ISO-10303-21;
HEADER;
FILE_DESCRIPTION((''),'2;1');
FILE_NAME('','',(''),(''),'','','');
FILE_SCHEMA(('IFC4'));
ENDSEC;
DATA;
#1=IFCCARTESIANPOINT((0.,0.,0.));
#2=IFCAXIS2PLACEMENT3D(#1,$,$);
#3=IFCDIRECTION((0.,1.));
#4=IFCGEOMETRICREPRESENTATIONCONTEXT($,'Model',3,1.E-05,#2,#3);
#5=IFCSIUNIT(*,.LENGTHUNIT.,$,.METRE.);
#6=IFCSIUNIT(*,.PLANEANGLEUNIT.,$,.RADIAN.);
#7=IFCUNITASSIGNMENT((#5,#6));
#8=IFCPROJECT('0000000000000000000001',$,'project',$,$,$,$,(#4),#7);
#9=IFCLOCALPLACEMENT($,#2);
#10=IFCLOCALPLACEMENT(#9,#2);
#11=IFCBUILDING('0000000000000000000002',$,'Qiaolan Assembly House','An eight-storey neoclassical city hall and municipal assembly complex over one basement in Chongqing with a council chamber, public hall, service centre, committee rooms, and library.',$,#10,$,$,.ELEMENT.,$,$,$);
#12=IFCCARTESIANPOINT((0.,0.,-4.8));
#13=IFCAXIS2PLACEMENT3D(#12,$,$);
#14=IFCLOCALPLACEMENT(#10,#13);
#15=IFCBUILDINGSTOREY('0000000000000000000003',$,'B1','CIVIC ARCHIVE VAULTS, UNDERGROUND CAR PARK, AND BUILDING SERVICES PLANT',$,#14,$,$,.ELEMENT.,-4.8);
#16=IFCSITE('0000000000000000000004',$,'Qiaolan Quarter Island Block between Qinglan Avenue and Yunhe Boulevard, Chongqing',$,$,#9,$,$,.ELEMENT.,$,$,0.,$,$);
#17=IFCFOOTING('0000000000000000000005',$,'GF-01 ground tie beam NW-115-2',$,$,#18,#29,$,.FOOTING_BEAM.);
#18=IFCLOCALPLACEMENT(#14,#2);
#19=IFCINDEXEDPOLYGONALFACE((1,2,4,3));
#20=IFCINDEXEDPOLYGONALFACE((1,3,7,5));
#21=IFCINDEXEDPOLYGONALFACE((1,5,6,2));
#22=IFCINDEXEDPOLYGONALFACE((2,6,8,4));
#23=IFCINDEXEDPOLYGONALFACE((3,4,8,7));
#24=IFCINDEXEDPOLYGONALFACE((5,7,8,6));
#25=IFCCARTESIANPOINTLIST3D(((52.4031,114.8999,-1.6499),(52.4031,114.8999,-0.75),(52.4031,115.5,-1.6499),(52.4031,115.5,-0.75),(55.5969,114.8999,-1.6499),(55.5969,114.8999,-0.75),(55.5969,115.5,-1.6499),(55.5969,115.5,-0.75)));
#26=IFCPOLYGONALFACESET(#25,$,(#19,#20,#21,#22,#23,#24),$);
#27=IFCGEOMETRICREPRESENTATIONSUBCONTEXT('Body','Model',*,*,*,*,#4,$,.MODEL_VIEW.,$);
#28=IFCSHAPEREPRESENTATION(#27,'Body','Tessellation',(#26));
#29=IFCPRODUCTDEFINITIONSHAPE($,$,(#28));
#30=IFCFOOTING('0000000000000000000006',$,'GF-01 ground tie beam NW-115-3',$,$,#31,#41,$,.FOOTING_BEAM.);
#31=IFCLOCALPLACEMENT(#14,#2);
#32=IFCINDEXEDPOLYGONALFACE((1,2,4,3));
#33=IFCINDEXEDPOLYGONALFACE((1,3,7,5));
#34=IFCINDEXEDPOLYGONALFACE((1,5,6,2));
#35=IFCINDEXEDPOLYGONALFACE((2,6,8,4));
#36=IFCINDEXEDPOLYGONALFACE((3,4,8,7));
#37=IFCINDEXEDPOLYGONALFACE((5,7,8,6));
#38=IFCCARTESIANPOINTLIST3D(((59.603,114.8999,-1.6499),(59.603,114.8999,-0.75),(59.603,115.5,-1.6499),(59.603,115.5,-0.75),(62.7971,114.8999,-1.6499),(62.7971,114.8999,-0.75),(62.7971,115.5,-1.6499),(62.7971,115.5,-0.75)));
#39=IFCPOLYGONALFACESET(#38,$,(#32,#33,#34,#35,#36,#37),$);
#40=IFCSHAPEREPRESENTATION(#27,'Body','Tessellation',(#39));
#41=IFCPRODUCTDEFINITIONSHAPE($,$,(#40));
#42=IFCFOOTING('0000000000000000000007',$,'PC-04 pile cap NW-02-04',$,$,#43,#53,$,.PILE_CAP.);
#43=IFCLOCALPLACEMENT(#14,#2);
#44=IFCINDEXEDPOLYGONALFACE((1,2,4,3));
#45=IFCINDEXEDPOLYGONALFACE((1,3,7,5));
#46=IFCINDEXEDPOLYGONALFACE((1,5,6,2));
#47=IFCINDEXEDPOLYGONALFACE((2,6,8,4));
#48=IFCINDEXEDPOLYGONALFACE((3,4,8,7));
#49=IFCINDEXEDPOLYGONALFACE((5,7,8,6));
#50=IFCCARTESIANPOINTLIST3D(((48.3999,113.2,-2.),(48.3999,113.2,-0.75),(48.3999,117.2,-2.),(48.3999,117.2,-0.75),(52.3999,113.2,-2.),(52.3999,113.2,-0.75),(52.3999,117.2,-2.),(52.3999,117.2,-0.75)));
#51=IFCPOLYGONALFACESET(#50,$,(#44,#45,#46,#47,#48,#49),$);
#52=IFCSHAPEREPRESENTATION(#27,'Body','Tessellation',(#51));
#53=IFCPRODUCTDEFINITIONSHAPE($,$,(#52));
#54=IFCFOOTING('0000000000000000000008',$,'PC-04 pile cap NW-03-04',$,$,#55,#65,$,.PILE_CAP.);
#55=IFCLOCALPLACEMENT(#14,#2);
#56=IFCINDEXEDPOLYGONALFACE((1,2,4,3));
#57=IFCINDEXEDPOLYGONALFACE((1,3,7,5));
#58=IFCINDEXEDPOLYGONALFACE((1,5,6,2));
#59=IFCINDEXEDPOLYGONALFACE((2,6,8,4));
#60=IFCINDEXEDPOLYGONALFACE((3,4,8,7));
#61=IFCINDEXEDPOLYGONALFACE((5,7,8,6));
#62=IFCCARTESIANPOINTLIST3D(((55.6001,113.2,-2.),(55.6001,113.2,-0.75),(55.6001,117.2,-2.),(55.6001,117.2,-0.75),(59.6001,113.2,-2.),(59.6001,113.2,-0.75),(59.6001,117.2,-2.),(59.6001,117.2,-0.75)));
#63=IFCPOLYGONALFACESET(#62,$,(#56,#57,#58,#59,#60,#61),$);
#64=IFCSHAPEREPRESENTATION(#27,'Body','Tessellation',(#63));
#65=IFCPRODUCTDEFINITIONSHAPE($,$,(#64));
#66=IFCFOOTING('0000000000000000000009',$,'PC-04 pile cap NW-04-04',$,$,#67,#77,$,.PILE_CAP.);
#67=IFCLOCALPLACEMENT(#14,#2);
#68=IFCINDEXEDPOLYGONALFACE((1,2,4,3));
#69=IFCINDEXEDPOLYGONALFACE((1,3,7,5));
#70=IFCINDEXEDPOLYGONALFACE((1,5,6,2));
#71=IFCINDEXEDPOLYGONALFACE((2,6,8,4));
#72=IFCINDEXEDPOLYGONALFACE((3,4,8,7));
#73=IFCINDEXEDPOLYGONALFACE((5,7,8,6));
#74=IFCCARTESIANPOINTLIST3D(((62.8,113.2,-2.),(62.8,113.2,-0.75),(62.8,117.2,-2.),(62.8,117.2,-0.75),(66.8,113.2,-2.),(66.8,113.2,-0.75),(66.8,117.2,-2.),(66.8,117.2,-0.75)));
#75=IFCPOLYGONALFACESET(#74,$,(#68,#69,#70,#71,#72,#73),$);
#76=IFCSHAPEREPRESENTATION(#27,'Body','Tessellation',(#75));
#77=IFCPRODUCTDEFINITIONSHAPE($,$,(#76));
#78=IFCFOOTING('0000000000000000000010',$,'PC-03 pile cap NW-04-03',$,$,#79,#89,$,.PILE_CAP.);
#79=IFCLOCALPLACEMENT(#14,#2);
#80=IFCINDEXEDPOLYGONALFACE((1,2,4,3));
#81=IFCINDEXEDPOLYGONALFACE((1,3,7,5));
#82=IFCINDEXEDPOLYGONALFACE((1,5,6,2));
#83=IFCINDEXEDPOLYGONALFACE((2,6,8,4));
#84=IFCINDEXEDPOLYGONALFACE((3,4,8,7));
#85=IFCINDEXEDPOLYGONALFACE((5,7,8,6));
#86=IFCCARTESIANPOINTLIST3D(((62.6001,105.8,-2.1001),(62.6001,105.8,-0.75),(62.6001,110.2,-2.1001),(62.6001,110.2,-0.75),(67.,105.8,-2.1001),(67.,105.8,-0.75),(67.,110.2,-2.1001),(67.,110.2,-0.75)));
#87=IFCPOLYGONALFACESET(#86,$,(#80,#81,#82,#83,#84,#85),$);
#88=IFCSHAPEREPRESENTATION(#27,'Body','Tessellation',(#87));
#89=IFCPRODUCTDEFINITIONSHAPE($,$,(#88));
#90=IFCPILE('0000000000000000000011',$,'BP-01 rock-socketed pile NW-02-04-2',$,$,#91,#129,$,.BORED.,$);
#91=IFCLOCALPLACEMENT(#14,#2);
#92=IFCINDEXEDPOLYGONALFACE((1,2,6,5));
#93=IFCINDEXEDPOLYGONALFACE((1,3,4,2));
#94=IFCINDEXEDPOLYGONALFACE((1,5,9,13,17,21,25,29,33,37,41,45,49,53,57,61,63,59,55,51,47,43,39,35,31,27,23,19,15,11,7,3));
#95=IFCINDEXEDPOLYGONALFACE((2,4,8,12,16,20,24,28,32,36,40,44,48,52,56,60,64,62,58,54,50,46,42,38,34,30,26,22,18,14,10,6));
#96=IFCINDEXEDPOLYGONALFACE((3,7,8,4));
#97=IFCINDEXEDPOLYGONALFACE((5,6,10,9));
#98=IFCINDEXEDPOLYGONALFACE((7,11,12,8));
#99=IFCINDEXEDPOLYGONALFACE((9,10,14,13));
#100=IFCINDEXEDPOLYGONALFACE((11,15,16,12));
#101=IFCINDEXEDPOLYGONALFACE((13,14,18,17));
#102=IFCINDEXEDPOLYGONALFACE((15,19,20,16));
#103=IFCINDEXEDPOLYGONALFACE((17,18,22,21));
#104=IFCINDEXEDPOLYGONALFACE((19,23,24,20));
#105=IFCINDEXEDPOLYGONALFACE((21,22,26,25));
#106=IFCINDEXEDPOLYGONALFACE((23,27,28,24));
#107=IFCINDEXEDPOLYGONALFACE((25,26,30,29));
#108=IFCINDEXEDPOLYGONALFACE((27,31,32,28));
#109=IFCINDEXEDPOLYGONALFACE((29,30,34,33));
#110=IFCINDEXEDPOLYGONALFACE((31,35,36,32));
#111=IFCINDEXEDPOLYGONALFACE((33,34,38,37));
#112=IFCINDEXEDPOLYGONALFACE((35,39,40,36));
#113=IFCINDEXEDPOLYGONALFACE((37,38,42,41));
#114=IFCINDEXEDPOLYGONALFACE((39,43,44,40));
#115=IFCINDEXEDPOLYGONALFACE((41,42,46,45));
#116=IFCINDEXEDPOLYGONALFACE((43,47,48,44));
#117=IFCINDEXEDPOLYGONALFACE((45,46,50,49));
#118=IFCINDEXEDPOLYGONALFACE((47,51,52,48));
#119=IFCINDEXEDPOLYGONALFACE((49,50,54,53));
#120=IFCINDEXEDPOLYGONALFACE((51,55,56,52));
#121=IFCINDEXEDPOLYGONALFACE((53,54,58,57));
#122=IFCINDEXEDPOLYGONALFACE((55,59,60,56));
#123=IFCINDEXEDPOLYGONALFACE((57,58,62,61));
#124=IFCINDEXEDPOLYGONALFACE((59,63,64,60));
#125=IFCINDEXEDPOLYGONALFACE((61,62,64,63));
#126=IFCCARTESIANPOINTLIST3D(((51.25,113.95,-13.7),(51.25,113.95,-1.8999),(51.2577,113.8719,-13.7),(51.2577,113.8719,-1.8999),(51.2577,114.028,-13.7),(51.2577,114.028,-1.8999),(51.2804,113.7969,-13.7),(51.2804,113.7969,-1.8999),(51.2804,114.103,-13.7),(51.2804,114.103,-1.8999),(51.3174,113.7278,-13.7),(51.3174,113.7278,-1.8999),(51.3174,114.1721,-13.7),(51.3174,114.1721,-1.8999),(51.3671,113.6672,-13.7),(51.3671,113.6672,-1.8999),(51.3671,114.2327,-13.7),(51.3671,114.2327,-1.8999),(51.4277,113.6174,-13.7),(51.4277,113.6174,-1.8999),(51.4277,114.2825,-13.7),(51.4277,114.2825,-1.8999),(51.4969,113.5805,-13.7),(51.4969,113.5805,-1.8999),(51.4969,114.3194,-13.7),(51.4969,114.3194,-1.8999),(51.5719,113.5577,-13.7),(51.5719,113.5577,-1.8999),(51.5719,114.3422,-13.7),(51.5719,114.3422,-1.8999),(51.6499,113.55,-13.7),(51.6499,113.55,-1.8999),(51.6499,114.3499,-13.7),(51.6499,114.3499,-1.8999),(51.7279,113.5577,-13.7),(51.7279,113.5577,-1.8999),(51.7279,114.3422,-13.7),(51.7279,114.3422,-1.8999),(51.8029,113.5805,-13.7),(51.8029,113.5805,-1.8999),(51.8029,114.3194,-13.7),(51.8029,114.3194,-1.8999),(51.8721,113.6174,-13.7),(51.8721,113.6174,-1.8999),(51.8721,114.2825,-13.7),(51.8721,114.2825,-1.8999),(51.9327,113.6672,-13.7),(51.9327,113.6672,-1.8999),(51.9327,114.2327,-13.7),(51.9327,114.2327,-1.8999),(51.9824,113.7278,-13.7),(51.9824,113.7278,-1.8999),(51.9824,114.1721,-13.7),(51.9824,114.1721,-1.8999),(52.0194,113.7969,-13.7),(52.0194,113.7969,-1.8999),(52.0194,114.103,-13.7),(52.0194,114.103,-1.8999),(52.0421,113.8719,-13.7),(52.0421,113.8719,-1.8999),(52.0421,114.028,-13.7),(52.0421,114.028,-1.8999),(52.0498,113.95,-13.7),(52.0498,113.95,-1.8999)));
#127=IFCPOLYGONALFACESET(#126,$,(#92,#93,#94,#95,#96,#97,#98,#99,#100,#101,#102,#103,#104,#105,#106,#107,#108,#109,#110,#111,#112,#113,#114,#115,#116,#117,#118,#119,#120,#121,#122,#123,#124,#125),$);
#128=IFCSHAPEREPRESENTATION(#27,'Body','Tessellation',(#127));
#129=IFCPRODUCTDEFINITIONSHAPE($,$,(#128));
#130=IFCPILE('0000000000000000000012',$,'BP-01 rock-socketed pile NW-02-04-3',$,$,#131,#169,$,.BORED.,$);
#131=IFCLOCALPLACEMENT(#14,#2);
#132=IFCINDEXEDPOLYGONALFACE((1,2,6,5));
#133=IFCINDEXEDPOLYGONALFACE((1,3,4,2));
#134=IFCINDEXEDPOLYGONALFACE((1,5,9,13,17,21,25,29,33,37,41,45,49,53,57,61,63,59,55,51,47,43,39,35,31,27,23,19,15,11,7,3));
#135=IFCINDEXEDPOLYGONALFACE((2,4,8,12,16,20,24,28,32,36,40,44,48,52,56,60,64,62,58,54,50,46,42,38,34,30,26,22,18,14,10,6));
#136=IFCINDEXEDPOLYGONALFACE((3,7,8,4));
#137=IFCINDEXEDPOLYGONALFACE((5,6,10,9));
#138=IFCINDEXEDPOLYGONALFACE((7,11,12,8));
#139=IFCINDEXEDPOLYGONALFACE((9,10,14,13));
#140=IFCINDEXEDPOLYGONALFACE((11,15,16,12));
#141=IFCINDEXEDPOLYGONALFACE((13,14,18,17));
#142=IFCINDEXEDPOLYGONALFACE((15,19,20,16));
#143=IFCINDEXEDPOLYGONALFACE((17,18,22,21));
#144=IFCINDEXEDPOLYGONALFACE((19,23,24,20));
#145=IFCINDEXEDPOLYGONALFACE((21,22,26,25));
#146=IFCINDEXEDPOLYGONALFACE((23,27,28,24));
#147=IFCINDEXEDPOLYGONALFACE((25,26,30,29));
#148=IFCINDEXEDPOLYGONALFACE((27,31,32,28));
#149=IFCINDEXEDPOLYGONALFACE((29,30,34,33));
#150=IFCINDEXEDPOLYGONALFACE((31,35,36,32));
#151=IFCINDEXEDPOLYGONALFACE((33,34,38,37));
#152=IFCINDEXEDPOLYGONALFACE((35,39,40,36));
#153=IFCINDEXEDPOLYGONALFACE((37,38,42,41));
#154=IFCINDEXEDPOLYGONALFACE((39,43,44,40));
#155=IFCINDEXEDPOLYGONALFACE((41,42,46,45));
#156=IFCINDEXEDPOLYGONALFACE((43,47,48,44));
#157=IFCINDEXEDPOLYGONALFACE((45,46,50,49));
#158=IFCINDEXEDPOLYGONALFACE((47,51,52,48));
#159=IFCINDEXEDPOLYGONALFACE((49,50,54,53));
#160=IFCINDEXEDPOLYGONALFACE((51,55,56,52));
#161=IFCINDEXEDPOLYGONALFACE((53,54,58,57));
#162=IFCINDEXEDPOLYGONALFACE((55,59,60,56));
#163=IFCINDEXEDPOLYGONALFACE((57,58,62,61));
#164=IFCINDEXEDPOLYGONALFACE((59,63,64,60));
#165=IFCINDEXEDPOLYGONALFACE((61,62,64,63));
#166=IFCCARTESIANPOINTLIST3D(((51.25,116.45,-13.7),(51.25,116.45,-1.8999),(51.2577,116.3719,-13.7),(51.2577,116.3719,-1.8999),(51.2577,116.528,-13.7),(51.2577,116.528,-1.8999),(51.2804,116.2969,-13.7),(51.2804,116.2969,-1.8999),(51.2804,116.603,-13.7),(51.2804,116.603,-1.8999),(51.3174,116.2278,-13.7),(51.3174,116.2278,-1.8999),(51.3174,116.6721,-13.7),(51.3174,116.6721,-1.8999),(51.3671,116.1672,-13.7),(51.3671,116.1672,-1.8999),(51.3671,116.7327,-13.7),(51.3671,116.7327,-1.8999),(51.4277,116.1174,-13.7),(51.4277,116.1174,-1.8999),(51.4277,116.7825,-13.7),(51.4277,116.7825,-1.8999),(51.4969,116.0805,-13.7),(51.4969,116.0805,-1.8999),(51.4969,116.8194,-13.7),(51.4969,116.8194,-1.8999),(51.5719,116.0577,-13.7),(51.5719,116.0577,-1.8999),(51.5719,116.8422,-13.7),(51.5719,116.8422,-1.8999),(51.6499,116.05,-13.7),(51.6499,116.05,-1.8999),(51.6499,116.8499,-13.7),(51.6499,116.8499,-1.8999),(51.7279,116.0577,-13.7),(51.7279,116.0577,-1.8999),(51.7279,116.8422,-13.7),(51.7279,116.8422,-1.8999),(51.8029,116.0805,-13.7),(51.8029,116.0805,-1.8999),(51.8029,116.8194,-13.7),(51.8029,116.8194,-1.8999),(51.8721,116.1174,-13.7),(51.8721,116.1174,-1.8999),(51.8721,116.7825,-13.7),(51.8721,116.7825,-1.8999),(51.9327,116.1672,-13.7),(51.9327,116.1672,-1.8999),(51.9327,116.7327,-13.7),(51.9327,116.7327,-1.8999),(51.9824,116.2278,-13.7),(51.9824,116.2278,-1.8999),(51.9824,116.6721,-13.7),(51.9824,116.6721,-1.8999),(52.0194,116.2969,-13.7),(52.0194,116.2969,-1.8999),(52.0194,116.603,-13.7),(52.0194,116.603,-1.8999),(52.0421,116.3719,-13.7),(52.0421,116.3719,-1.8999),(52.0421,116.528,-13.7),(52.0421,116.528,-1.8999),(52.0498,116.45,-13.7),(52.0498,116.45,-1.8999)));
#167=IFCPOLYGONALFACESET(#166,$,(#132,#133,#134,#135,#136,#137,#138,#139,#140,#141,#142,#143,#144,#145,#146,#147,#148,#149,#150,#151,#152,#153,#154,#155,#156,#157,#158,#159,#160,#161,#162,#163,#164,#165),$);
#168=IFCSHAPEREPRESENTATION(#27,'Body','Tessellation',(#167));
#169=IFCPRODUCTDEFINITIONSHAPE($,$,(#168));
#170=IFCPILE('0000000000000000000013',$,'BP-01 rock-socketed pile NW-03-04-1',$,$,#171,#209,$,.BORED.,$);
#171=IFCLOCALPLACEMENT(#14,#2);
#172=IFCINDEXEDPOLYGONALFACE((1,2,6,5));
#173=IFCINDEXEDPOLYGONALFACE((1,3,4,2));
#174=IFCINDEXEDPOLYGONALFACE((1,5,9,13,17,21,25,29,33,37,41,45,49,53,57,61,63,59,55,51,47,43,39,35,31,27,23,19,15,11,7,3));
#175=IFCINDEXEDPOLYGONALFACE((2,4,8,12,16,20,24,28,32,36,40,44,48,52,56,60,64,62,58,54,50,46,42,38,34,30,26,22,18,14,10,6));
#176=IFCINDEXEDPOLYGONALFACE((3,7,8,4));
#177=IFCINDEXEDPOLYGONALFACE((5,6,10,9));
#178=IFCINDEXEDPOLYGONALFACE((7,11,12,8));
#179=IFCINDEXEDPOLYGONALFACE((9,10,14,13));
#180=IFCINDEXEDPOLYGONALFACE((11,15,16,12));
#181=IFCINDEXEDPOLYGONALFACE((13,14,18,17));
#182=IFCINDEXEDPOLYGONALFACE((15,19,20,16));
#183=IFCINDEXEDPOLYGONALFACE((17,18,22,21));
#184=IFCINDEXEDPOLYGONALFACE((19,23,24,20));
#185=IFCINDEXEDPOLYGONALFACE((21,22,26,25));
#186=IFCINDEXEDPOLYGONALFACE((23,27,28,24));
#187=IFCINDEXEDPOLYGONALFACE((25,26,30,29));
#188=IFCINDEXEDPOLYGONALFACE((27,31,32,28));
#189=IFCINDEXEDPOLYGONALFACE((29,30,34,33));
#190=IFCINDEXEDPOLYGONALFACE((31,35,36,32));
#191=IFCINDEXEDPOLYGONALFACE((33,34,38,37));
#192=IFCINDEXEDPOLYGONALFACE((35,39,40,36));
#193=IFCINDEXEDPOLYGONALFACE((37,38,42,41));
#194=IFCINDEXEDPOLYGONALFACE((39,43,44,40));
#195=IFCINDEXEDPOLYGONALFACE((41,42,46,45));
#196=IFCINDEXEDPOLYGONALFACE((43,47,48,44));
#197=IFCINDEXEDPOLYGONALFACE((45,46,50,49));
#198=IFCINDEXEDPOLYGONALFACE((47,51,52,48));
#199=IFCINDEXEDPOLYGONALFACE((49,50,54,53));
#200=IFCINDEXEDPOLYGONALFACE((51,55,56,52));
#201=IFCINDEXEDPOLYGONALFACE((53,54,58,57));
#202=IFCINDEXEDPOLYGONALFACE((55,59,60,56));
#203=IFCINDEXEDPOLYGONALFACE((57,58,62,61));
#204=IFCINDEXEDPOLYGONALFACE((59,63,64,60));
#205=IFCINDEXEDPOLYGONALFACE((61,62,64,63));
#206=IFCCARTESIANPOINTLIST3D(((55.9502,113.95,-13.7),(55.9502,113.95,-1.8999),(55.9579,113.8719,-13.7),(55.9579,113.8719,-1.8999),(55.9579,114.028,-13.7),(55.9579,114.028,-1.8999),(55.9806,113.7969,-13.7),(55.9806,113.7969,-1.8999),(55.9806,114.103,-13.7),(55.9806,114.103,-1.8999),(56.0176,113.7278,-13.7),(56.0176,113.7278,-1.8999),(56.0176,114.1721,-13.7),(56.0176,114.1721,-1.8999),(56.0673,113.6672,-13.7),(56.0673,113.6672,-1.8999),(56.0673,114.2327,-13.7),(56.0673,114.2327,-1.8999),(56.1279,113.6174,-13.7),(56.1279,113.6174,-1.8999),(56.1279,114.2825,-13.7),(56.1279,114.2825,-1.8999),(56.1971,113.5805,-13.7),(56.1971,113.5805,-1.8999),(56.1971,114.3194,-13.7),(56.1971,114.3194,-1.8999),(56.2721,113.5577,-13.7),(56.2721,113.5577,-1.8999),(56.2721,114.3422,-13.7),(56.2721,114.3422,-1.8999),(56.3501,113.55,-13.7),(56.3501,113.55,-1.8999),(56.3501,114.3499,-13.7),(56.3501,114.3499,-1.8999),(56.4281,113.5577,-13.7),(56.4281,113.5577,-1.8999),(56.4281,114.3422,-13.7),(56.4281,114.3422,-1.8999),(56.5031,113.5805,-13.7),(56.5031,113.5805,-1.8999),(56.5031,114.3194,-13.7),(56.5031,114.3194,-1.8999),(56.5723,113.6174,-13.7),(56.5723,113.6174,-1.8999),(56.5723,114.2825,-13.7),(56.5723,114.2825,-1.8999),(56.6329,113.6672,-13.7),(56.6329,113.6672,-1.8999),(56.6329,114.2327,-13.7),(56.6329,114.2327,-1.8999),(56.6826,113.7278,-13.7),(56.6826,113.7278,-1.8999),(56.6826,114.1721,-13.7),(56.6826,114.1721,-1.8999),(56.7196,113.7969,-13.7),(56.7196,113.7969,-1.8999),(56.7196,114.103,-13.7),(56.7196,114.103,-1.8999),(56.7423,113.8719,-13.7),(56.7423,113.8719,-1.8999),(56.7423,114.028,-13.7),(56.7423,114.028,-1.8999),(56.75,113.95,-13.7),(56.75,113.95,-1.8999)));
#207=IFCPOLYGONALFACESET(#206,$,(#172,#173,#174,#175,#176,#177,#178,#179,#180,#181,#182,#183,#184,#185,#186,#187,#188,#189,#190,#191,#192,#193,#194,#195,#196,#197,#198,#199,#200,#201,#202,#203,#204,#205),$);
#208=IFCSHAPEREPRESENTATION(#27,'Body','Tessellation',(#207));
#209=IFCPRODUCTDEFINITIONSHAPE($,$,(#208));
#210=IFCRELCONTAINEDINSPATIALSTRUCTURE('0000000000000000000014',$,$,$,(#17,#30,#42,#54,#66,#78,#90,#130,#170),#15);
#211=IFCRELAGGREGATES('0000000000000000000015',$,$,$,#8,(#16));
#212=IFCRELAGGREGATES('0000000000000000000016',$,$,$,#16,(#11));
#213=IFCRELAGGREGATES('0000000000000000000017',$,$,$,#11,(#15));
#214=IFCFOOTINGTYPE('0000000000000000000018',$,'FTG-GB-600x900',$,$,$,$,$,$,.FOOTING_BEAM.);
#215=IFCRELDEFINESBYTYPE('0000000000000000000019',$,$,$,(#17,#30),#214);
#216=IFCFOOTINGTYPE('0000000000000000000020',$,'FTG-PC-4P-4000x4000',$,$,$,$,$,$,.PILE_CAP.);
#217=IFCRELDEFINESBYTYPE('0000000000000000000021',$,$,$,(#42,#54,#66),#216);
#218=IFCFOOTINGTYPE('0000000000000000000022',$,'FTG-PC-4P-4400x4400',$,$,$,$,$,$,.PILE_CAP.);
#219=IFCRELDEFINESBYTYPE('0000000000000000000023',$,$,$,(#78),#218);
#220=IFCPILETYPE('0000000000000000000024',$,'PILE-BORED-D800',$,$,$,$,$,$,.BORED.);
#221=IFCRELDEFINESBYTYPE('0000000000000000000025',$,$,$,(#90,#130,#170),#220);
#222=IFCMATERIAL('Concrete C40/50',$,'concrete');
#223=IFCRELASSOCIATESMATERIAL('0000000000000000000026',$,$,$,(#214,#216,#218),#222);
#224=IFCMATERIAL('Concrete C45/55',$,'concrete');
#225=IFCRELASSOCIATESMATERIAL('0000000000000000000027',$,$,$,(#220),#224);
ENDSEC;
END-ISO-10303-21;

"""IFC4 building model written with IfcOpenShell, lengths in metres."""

from ifc_helpers import new_model, si_unit, direction, frame, origin, origin_2d, place, context, subcontext, project, spatial, rectangle, circle, extrude, material, material_profile, profile_set, type_object, element, save


model = new_model("IFC4")

# Units and contexts
model_context = context("Model", 3, precision=1e-05, world=origin(), true_north=direction((0.0, 1.0)))
body_context = subcontext(model_context, "Body", "Model", "MODEL_VIEW")
ifc_project = project(units=[si_unit("LENGTHUNIT", "METRE"), si_unit("PLANEANGLEUNIT", "RADIAN")], contexts=[model_context])

# Site, building, storey
site_placement = place(None, origin())
site = spatial("IfcSite", under=ifc_project, at=site_placement, Name="Qiaolan Quarter Island Block between Qinglan Avenue and Yunhe Boulevard, Chongqing", CompositionType="ELEMENT", RefElevation=0.0)
building_placement = place(site_placement, origin())
building = spatial("IfcBuilding", under=site, at=building_placement, Name="Qiaolan Assembly House", Description="An eight-storey neoclassical city hall and municipal assembly complex over one basement in Chongqing with a council chamber, public hall, service centre, committee rooms, and library.", CompositionType="ELEMENT")
storey_placement = place(building_placement, frame((0.0, 0.0, -4.8)))
storey = spatial("IfcBuildingStorey", under=building, at=storey_placement, Name="B1", Description="CIVIC ARCHIVE VAULTS, UNDERGROUND CAR PARK, AND BUILDING SERVICES PLANT", CompositionType="ELEMENT", Elevation=-4.8)

# Footings
ifc_material_1 = material(Name="Concrete C40/50", Category="concrete")
ifc_material_profile_1 = material_profile(ifc_material_1, rectangle(XDim=0.6001, YDim=0.8999, at=origin_2d()), Name="GF 600x900")
ifc_profile_set_1 = profile_set([ifc_material_profile_1], Name="Concrete C40/50")
footing_type_1 = type_object("IfcFootingType", Name="FTG-GB-600x900", PredefinedType="FOOTING_BEAM", material=ifc_profile_set_1)
footing_1_placement = place(storey_placement, frame((52.4031, 115.2, -1.2), z_axis=(1.0, 0.0, 0.0), x_axis=(0.0, 1.0, 0.0)))
element("IfcFooting", 1, at=footing_1_placement, inside=storey, type_object=footing_type_1, Name="GF-01 ground tie beam NW-115-2", PredefinedType="FOOTING_BEAM", context=body_context, shape_type="SweptSolid", body=[
    extrude(rectangle(XDim=0.6001, YDim=0.8999, at=origin_2d()), origin(), (0.0, 0.0, 1.0), 3.1938),
])
footing_2_placement = place(storey_placement, frame((59.603, 115.2, -1.2), z_axis=(1.0, 0.0, 0.0), x_axis=(0.0, 1.0, 0.0)))
element("IfcFooting", 2, at=footing_2_placement, inside=storey, type_object=footing_type_1, Name="GF-01 ground tie beam NW-115-3", PredefinedType="FOOTING_BEAM", context=body_context, shape_type="SweptSolid", body=[
    extrude(rectangle(XDim=0.6001, YDim=0.8999, at=origin_2d()), origin(), (0.0, 0.0, 1.0), 3.1941),
])
footing_type_2 = type_object("IfcFootingType", Name="FTG-PC-4P-4000x4000", PredefinedType="PILE_CAP", material=ifc_material_1)
for number, where, z_axis, x_axis, name in (
    (3, (50.3999, 115.2, -2.0), (0.0, 0.0, 1.0), (1.0, 0.0, 0.0), "PC-04 pile cap NW-02-04"),
    (4, (57.6001, 115.2, -2.0), (0.0, 0.0, 1.0), (1.0, 0.0, 0.0), "PC-04 pile cap NW-03-04"),
    (5, (64.8, 115.2, -2.0), (0.0, 0.0, 1.0), (1.0, 0.0, 0.0), "PC-04 pile cap NW-04-04"),
):
    element("IfcFooting", number, at=place(storey_placement, frame(where, z_axis=z_axis, x_axis=x_axis)), inside=storey, type_object=footing_type_2, Name=name, PredefinedType="PILE_CAP", context=body_context, shape_type="SweptSolid", body=[
        extrude(rectangle(XDim=4.0, YDim=4.0, at=origin_2d()), origin(), (0.0, 0.0, 1.0), 1.25),
    ])
footing_type_3 = type_object("IfcFootingType", Name="FTG-PC-4P-4400x4400", PredefinedType="PILE_CAP", material=ifc_material_1)
footing_3_placement = place(storey_placement, frame((64.8, 108.0, -2.1001), z_axis=(0.0, 0.0, 1.0), x_axis=(1.0, 0.0, 0.0)))
element("IfcFooting", 6, at=footing_3_placement, inside=storey, type_object=footing_type_3, Name="PC-03 pile cap NW-04-03", PredefinedType="PILE_CAP", context=body_context, shape_type="SweptSolid", body=[
    extrude(rectangle(XDim=4.3999, YDim=4.3999, at=origin_2d()), origin(), (0.0, 0.0, 1.0), 1.3501),
])

# Piles
ifc_material_2 = material(Name="Concrete C45/55", Category="concrete")
ifc_material_profile_2 = material_profile(ifc_material_2, circle(Radius=0.3999, at=origin_2d()), Name="PILE D800")
ifc_profile_set_2 = profile_set([ifc_material_profile_2], Name="Concrete C45/55")
pile_type_1 = type_object("IfcPileType", Name="PILE-BORED-D800", PredefinedType="BORED", material=ifc_profile_set_2)
for number, where, z_axis, x_axis, name in (
    (7, (51.6499, 113.95, -1.8999), (0.0, 0.0, -1.0), (1.0, 0.0, 0.0), "BP-01 rock-socketed pile NW-02-04-2"),
    (8, (51.6499, 116.45, -1.8999), (0.0, 0.0, -1.0), (1.0, 0.0, 0.0), "BP-01 rock-socketed pile NW-02-04-3"),
    (9, (56.3501, 113.95, -1.8999), (0.0, 0.0, -1.0), (1.0, 0.0, 0.0), "BP-01 rock-socketed pile NW-03-04-1"),
):
    element("IfcPile", number, at=place(storey_placement, frame(where, z_axis=z_axis, x_axis=x_axis)), inside=storey, type_object=pile_type_1, Name=name, PredefinedType="BORED", context=body_context, shape_type="SweptSolid", body=[
        extrude(circle(Radius=0.3999, at=origin_2d()), origin(), (0.0, 0.0, 1.0), 11.8),
    ])

save(model, "model.ifc")
